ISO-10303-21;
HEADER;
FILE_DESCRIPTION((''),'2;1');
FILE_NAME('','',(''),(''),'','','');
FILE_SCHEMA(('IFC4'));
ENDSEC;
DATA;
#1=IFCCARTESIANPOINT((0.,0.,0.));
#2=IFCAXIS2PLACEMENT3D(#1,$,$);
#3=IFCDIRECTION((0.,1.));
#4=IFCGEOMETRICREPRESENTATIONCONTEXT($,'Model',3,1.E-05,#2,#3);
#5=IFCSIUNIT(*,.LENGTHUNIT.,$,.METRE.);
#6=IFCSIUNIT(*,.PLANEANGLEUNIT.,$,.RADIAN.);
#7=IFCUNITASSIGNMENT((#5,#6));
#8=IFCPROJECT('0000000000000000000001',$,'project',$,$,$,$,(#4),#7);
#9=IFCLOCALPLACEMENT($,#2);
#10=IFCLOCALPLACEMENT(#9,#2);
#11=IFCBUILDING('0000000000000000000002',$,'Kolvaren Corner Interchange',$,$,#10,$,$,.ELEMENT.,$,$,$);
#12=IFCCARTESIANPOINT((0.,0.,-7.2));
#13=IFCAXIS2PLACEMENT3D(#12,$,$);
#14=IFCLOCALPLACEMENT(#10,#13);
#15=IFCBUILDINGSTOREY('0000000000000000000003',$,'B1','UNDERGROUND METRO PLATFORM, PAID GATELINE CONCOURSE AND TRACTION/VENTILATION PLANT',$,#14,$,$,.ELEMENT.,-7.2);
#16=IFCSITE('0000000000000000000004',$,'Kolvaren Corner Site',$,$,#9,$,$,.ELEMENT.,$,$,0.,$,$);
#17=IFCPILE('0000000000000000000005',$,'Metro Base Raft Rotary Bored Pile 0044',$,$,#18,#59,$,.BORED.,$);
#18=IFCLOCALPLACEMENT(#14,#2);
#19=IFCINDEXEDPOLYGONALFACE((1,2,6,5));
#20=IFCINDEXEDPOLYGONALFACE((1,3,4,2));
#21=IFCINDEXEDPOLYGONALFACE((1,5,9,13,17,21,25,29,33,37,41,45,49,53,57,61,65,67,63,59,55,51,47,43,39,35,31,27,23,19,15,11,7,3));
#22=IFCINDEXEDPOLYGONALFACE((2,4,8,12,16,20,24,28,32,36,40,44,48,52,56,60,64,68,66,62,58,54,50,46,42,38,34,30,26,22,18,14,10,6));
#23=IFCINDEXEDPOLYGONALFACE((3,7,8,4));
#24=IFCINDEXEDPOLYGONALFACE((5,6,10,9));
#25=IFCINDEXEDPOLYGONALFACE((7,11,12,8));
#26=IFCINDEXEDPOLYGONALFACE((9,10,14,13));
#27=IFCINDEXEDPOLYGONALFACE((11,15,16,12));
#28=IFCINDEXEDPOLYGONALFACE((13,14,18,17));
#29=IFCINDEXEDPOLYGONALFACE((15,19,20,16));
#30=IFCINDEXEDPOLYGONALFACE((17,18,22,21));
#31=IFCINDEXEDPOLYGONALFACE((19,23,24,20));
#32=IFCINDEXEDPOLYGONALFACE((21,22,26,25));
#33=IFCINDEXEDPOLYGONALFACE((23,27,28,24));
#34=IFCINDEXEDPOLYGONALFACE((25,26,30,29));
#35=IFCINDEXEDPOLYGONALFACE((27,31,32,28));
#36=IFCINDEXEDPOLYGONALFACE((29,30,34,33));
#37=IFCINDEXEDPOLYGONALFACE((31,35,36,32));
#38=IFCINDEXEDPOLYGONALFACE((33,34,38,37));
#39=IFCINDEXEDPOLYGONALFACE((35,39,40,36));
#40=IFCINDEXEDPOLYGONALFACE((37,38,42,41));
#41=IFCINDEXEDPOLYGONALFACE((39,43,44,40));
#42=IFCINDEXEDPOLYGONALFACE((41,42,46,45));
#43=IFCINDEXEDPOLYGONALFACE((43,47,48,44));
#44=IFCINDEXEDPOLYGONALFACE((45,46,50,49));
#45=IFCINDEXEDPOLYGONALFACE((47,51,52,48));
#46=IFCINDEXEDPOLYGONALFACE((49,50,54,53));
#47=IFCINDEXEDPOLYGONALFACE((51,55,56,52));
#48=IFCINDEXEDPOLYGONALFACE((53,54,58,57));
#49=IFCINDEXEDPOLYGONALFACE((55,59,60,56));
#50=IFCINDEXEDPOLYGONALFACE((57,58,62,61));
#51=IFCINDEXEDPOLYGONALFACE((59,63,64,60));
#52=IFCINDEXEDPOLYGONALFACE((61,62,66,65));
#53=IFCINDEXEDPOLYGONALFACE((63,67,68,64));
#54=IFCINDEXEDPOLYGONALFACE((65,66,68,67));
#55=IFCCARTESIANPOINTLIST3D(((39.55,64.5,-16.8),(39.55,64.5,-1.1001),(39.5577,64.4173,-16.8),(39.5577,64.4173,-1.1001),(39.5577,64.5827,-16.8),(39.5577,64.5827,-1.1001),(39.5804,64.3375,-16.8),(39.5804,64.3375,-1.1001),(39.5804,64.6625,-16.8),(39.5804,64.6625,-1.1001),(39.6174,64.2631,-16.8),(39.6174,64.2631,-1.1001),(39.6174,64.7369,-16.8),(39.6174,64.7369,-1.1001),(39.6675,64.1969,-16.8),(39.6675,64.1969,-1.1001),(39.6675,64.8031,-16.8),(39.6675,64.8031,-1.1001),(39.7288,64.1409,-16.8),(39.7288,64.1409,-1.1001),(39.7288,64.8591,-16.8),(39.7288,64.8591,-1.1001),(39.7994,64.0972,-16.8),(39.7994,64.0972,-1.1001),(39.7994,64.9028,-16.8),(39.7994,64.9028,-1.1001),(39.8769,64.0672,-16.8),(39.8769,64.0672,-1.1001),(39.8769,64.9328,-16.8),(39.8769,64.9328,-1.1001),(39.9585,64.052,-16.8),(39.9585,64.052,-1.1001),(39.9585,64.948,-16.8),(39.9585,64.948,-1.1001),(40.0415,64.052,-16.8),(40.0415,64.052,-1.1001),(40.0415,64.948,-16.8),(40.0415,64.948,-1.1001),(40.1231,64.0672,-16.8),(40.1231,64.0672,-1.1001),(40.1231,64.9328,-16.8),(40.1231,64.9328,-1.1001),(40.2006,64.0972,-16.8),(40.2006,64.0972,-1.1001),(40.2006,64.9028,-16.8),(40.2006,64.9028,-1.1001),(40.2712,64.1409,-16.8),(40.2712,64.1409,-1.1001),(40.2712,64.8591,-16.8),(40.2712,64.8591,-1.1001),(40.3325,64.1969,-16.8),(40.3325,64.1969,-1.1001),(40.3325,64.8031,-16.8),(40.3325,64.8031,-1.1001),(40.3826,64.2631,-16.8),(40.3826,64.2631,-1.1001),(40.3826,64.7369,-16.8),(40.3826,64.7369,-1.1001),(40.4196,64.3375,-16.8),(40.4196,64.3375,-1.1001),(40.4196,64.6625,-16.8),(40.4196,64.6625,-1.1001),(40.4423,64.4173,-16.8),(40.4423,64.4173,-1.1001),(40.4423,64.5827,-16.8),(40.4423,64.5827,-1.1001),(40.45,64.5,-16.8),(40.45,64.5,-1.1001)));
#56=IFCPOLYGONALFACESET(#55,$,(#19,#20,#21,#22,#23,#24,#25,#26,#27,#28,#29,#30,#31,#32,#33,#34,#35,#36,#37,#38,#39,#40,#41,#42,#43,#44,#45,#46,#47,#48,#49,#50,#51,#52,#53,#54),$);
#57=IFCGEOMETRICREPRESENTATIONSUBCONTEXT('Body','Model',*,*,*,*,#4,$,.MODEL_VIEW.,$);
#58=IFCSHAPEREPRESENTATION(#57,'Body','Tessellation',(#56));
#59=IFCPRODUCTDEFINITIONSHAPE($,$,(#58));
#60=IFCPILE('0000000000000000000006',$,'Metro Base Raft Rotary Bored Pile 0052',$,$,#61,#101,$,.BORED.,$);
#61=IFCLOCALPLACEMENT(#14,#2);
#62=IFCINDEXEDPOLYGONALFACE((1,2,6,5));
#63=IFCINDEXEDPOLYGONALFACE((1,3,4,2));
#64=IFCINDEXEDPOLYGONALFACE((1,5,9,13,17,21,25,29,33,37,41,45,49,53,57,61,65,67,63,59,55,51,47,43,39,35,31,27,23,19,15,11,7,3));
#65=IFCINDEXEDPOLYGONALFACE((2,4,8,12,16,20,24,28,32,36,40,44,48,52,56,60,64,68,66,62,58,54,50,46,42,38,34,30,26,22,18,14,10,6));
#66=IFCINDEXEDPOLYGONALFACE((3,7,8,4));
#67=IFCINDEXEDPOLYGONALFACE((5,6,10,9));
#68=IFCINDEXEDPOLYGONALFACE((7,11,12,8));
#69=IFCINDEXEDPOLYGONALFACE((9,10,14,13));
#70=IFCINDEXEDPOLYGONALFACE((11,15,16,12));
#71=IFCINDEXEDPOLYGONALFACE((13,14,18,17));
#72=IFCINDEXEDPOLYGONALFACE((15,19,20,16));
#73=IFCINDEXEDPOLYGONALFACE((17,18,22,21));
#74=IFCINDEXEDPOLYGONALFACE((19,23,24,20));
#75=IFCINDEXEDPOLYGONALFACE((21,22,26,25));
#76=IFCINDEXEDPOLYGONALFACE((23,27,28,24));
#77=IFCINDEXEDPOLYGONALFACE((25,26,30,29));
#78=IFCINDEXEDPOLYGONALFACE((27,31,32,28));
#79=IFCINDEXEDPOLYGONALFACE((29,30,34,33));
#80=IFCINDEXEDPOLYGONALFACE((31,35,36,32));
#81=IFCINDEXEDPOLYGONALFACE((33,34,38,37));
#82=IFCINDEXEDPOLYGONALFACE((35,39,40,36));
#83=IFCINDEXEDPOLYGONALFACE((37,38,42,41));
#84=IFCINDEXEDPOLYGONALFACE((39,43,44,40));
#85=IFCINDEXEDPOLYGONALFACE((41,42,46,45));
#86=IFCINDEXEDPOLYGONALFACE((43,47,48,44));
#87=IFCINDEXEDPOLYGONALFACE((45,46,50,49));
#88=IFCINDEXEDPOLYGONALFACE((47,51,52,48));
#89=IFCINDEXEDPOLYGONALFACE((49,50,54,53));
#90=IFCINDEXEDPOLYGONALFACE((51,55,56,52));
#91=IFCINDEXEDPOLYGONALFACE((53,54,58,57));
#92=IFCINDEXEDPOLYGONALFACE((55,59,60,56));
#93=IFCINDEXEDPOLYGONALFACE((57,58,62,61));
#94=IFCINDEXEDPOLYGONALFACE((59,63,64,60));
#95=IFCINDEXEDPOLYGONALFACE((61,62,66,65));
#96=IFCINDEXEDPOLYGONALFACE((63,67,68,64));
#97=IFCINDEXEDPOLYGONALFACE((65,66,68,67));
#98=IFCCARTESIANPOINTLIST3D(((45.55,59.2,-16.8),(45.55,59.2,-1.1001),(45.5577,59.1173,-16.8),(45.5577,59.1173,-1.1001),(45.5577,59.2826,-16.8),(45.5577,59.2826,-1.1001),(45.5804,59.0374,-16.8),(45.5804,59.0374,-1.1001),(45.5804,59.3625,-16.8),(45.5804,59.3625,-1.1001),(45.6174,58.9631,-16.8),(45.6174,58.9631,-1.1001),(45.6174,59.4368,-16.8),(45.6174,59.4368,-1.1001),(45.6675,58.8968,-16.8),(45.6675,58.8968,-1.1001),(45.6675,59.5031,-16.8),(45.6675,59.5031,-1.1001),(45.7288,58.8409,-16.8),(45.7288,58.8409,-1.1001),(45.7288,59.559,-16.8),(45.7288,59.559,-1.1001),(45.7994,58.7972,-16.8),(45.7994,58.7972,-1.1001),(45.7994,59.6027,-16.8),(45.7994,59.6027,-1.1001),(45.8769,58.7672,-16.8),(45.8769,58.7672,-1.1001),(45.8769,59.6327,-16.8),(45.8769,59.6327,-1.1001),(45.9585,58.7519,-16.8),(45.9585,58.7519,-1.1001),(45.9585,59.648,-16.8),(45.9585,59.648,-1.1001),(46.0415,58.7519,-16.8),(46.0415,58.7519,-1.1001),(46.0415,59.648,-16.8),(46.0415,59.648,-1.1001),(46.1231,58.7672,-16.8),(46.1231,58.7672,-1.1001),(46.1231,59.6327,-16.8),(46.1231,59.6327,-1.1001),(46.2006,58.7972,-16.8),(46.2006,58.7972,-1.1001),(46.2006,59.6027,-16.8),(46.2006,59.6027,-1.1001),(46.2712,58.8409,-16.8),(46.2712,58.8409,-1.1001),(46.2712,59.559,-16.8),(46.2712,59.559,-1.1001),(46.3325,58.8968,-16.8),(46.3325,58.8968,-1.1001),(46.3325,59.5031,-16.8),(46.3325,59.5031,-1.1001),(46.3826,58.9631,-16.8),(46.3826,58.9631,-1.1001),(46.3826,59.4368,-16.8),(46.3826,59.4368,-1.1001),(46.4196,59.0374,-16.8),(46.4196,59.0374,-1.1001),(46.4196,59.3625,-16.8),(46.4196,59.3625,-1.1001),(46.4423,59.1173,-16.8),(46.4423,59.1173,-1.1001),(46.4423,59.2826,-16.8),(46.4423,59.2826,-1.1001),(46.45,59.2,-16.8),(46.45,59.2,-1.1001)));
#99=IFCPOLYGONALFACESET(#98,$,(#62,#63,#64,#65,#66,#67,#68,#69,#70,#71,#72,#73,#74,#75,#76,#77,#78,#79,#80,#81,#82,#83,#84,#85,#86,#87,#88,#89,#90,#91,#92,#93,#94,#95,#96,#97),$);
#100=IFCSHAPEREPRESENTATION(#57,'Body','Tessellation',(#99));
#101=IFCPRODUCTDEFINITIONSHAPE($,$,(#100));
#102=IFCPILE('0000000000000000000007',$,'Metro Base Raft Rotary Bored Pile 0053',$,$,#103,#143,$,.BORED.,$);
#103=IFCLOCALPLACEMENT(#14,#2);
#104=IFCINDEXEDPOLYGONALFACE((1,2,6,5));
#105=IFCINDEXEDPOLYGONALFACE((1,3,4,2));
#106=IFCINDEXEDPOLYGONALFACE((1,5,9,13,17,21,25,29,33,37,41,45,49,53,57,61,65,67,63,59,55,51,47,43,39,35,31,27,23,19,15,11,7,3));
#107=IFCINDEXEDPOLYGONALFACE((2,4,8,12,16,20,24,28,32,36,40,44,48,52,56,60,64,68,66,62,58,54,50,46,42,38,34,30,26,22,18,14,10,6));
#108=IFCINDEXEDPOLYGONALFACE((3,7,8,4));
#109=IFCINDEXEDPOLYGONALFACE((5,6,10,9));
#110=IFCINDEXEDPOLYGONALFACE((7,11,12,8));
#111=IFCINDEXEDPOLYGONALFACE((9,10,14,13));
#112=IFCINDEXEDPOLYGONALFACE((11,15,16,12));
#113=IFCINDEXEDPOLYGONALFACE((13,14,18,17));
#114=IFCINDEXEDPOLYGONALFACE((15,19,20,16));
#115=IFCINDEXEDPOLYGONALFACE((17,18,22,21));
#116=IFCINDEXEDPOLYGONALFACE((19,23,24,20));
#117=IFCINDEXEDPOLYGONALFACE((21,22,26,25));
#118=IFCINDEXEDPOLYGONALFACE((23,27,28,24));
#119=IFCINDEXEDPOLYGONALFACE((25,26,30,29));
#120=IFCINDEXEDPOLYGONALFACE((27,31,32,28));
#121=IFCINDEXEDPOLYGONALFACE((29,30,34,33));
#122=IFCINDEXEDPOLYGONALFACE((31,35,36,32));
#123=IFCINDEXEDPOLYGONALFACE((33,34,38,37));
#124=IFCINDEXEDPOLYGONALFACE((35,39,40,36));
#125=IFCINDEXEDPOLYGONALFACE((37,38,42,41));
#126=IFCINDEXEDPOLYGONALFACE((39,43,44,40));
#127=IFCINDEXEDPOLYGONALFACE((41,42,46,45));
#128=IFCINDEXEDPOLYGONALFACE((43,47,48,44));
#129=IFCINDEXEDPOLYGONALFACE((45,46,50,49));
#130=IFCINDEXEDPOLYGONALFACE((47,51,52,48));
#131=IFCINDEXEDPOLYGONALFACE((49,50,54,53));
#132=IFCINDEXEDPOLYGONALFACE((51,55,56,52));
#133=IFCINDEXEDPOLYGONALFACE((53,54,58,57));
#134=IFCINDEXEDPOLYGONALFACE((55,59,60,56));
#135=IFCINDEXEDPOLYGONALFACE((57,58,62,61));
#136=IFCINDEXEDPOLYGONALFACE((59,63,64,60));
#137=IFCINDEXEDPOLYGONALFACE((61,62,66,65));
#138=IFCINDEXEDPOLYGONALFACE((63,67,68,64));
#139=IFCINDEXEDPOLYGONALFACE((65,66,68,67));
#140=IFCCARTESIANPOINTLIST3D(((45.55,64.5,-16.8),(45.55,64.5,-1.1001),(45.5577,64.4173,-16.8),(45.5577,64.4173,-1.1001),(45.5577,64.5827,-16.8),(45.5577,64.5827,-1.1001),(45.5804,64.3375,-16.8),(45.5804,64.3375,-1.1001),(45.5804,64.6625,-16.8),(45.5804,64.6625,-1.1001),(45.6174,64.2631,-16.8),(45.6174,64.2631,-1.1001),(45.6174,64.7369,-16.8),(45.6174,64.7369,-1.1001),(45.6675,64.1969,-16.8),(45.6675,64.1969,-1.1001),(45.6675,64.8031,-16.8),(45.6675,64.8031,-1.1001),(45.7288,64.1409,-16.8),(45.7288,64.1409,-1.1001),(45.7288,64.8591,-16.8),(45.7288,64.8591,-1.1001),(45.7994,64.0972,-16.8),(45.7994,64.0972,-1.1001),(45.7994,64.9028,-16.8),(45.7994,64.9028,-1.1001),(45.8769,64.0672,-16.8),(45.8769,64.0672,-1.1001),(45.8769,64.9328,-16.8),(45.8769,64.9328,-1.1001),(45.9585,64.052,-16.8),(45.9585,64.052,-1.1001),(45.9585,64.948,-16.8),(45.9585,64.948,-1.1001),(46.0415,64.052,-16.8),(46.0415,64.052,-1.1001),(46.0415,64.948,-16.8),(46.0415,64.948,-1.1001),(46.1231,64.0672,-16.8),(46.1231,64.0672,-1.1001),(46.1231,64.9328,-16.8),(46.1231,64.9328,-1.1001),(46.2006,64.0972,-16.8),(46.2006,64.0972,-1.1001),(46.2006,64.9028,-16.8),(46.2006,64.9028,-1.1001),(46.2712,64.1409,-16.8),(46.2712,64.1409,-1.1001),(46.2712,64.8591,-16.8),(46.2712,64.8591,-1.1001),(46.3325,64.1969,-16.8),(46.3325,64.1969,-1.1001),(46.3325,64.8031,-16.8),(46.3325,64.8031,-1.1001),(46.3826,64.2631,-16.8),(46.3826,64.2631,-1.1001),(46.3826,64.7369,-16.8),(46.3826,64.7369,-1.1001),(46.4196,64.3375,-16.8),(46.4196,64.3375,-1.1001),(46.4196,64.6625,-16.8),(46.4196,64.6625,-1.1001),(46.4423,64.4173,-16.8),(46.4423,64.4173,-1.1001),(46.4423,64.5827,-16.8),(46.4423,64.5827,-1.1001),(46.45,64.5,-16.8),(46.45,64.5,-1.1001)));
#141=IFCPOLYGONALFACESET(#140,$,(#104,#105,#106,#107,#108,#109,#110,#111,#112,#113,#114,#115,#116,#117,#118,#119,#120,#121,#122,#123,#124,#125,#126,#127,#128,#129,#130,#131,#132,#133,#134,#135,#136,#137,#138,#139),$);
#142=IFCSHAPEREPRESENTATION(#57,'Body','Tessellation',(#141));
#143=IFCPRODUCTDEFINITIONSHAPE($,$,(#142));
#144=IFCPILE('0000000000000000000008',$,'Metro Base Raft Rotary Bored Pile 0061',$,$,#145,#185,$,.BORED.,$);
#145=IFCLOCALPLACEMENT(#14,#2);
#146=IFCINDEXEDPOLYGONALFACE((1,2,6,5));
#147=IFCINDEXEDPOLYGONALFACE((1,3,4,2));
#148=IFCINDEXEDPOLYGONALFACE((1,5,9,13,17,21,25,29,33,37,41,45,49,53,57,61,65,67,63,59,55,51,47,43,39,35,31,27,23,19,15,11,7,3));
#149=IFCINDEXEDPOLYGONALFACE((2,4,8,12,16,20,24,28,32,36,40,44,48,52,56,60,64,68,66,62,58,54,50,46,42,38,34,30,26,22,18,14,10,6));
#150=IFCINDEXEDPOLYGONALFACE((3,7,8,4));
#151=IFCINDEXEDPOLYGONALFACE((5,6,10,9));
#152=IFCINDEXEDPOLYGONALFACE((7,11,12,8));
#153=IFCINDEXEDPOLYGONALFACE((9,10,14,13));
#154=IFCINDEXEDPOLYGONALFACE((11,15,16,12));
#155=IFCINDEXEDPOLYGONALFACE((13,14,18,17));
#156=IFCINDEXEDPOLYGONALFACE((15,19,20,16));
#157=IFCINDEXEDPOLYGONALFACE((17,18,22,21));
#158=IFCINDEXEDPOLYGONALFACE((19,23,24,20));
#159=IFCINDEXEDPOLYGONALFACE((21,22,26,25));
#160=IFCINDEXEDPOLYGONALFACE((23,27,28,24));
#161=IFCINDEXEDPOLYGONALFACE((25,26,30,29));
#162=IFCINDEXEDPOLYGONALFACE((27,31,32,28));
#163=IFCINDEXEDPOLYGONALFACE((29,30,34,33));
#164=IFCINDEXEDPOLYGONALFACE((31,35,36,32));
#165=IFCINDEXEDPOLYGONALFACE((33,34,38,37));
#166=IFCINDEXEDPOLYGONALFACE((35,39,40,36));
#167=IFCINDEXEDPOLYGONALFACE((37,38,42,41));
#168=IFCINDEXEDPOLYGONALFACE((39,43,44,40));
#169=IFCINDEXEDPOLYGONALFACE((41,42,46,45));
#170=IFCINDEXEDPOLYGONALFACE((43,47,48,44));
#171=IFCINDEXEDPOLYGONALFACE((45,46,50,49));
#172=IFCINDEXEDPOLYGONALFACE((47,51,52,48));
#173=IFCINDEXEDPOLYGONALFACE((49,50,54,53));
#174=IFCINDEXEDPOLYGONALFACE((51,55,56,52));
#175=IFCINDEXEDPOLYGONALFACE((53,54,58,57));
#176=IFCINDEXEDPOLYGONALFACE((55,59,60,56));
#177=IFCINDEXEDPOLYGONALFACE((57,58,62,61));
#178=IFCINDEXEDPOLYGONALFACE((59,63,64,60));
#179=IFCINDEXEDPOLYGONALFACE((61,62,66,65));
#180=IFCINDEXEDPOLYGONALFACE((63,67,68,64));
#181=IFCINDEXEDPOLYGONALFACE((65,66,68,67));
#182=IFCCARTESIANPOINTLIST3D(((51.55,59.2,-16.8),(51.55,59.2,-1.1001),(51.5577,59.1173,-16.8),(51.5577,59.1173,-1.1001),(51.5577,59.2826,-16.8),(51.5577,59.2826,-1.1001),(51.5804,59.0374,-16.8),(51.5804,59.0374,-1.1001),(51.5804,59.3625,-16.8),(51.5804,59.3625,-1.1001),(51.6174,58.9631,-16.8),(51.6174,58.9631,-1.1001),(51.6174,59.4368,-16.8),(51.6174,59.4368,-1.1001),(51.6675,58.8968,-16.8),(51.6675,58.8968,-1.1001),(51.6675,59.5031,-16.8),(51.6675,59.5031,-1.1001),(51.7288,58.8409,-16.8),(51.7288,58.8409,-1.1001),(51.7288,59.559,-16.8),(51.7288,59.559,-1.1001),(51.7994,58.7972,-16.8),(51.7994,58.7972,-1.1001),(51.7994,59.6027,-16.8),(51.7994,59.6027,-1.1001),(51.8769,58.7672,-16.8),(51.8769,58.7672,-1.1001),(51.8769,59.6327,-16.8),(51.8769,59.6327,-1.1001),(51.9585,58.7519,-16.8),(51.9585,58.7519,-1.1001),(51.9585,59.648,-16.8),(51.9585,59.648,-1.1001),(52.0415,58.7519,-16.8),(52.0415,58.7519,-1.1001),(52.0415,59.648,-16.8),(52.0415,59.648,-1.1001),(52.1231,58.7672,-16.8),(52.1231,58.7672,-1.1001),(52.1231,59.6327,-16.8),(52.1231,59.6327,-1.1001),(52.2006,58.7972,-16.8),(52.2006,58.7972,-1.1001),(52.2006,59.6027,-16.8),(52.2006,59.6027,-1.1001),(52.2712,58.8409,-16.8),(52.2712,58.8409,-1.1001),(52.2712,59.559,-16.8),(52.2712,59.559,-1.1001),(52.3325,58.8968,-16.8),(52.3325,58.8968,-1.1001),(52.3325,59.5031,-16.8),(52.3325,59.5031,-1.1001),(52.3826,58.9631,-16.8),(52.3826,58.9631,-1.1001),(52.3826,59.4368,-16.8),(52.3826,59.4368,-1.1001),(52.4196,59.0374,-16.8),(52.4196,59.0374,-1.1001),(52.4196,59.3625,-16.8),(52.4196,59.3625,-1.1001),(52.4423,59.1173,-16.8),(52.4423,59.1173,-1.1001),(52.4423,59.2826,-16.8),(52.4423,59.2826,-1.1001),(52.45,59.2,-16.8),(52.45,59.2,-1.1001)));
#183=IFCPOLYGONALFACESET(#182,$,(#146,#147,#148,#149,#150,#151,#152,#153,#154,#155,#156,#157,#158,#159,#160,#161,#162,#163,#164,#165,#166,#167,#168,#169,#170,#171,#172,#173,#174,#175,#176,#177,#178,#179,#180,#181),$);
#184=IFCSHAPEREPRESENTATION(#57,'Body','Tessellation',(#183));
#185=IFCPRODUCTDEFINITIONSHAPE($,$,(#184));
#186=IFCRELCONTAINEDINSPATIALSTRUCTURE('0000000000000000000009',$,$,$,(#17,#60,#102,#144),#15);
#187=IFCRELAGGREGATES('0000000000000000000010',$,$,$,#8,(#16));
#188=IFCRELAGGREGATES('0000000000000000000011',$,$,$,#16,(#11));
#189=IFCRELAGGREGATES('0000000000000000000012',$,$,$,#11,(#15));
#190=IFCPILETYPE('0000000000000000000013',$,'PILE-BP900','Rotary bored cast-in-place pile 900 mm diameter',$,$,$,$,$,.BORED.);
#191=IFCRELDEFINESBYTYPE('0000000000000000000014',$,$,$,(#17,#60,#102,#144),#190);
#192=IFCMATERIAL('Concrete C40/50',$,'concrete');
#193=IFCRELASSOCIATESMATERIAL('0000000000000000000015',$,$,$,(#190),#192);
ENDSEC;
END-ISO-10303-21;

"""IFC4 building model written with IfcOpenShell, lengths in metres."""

from ifc_helpers import new_model, si_unit, direction, frame, origin, origin_2d, place, context, subcontext, project, spatial, circle, extrude, material, material_profile, profile_set, type_object, element, save


model = new_model("IFC4")

# Units and contexts
model_context = context("Model", 3, precision=1e-05, world=origin(), true_north=direction((0.0, 1.0)))
body_context = subcontext(model_context, "Body", "Model", "MODEL_VIEW")
ifc_project = project(units=[si_unit("LENGTHUNIT", "METRE"), si_unit("PLANEANGLEUNIT", "RADIAN")], contexts=[model_context])

# Site, building, storey
site_placement = place(None, origin())
site = spatial("IfcSite", under=ifc_project, at=site_placement, Name="Kolvaren Corner Site", CompositionType="ELEMENT", RefElevation=0.0)
building_placement = place(site_placement, origin())
building = spatial("IfcBuilding", under=site, at=building_placement, Name="Kolvaren Corner Interchange", CompositionType="ELEMENT")
storey_placement = place(building_placement, frame((0.0, 0.0, -7.2)))
storey = spatial("IfcBuildingStorey", under=building, at=storey_placement, Name="B1", Description="UNDERGROUND METRO PLATFORM, PAID GATELINE CONCOURSE AND TRACTION/VENTILATION PLANT", CompositionType="ELEMENT", Elevation=-7.2)

# Piles
ifc_material_1 = material(Name="Concrete C40/50", Category="concrete")
ifc_material_profile_1 = material_profile(ifc_material_1, circle(Radius=0.45, at=origin_2d()), Name="BORED PILE 900")
ifc_profile_set_1 = profile_set([ifc_material_profile_1], Name="Concrete C40/50")
pile_type_1 = type_object("IfcPileType", Name="PILE-BP900", Description="Rotary bored cast-in-place pile 900 mm diameter", PredefinedType="BORED", material=ifc_profile_set_1)
for number, where, z_axis, x_axis, name in (
    (1, (40.0, 64.5, -1.1001), (0.0, 0.0, -1.0), (1.0, 0.0, 0.0), "Metro Base Raft Rotary Bored Pile 0044"),
    (2, (46.0, 59.2, -1.1001), (0.0, 0.0, -1.0), (1.0, 0.0, 0.0), "Metro Base Raft Rotary Bored Pile 0052"),
    (3, (46.0, 64.5, -1.1001), (0.0, 0.0, -1.0), (1.0, 0.0, 0.0), "Metro Base Raft Rotary Bored Pile 0053"),
    (4, (52.0, 59.2, -1.1001), (0.0, 0.0, -1.0), (1.0, 0.0, 0.0), "Metro Base Raft Rotary Bored Pile 0061"),
):
    element("IfcPile", number, at=place(storey_placement, frame(where, z_axis=z_axis, x_axis=x_axis)), inside=storey, type_object=pile_type_1, Name=name, PredefinedType="BORED", context=body_context, shape_type="SweptSolid", body=[
        extrude(circle(Radius=0.45, at=origin_2d()), origin(), (0.0, 0.0, 1.0), 15.7),
    ])

save(model, "model.ifc")
